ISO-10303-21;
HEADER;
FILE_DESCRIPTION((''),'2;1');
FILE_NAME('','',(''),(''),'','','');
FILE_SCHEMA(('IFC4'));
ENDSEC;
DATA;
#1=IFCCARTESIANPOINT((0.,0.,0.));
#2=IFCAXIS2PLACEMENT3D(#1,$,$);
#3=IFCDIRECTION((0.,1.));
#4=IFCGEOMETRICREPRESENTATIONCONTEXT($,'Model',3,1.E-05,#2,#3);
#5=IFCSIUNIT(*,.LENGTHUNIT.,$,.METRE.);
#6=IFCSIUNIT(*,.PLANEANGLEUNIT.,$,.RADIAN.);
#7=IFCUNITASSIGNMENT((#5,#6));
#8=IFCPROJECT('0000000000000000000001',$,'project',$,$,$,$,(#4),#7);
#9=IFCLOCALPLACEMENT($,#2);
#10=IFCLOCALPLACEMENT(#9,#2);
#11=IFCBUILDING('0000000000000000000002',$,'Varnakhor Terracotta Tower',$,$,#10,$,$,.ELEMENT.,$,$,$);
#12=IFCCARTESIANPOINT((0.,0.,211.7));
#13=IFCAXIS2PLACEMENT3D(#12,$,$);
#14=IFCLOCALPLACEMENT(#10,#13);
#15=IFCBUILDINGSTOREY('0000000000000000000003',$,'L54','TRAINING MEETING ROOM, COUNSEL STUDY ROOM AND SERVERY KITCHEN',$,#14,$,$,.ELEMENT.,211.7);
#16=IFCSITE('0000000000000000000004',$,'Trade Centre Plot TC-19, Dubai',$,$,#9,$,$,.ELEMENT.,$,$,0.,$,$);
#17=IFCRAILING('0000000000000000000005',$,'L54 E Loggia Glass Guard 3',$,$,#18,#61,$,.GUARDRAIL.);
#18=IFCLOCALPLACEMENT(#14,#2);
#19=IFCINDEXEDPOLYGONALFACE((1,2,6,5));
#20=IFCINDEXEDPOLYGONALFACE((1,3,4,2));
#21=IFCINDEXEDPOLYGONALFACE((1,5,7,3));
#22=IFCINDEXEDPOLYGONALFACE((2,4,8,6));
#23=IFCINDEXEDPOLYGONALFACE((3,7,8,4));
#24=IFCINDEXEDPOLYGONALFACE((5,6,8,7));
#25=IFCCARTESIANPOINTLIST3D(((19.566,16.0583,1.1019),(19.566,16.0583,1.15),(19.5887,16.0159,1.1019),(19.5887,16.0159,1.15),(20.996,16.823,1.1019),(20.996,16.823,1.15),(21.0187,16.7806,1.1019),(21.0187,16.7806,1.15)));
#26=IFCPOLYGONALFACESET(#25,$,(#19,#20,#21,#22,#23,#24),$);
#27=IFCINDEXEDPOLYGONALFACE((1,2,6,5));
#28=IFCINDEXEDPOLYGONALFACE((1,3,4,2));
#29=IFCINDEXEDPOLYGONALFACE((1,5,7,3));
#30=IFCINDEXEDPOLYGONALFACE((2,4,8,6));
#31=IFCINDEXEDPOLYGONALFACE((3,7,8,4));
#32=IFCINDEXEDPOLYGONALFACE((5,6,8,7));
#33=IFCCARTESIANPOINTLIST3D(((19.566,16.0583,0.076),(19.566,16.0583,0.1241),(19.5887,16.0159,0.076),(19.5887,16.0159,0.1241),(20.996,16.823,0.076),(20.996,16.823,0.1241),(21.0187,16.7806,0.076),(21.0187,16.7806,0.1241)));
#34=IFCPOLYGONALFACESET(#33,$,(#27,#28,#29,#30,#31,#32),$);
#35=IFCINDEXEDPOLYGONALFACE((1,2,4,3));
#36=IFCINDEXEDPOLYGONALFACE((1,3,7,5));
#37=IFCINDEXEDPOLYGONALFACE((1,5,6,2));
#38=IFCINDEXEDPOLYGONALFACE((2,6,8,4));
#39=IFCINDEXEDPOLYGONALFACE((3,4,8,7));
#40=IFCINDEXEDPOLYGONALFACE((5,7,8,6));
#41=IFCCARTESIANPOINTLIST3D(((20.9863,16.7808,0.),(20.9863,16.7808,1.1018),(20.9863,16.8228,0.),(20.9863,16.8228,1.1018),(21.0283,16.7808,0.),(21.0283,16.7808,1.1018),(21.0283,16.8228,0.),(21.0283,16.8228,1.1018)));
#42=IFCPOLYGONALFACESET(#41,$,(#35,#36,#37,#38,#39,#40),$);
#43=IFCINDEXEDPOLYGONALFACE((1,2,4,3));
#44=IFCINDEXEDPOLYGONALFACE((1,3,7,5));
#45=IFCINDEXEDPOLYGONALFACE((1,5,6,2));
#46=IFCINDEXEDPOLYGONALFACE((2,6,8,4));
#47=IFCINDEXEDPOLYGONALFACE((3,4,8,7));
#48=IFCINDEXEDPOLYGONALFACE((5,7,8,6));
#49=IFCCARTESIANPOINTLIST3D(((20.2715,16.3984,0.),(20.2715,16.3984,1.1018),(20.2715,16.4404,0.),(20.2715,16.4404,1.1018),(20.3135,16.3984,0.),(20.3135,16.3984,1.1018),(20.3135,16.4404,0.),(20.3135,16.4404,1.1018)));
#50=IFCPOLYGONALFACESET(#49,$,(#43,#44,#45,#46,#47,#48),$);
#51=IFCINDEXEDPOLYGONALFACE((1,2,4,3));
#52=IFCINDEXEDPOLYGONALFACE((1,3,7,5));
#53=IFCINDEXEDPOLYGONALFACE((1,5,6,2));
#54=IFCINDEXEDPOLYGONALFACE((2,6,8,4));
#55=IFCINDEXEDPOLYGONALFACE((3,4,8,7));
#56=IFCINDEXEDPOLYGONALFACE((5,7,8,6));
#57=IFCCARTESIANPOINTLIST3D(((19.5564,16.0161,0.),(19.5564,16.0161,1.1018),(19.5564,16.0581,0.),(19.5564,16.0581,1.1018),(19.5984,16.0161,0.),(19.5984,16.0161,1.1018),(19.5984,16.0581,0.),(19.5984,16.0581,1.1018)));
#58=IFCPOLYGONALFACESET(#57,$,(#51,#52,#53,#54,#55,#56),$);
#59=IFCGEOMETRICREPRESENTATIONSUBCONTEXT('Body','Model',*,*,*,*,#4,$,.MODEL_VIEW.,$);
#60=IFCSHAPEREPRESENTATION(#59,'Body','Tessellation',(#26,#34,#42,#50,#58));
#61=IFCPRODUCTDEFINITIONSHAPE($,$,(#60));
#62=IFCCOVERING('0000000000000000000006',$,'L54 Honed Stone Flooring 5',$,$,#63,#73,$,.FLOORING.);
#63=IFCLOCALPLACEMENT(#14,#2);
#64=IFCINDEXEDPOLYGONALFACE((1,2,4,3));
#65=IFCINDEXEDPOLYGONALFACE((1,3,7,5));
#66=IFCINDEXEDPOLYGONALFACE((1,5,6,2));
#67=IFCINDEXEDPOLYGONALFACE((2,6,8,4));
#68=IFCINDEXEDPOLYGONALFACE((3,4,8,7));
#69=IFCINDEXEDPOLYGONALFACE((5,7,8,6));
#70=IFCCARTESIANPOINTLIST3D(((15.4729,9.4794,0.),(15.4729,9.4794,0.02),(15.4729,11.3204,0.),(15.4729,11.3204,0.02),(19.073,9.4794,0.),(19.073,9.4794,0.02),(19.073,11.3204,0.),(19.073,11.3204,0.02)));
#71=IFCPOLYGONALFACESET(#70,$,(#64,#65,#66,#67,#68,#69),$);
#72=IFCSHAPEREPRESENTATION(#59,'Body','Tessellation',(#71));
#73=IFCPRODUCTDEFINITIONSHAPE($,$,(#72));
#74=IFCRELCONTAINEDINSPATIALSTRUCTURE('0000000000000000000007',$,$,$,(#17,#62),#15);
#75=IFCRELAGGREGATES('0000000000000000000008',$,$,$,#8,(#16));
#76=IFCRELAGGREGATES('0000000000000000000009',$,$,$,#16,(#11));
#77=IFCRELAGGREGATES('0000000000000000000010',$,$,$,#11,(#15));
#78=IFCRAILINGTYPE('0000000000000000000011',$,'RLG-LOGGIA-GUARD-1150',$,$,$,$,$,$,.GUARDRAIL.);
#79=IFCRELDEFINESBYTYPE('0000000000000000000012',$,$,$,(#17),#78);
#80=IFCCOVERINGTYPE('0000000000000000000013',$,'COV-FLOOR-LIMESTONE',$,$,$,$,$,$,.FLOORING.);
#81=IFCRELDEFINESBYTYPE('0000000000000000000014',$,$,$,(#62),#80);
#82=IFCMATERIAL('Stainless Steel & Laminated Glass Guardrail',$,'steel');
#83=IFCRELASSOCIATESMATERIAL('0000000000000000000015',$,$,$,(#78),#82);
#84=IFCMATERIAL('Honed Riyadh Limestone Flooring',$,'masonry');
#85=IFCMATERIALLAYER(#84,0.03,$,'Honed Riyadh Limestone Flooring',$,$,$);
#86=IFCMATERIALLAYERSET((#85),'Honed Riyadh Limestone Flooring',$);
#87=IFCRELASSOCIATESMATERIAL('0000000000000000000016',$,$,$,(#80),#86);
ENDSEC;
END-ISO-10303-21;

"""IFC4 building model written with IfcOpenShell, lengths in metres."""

from ifc_helpers import new_model, si_unit, direction, frame, origin, origin_2d, place, context, subcontext, project, spatial, rectangle, extrude, source, transform, mapped, material, layer, layer_set, type_object, element, save


model = new_model("IFC4")

# Units and contexts
model_context = context("Model", 3, precision=1e-05, world=origin(), true_north=direction((0.0, 1.0)))
body_context = subcontext(model_context, "Body", "Model", "MODEL_VIEW")
ifc_project = project(units=[si_unit("LENGTHUNIT", "METRE"), si_unit("PLANEANGLEUNIT", "RADIAN")], contexts=[model_context])

# Site, building, storey
site_placement = place(None, origin())
site = spatial("IfcSite", under=ifc_project, at=site_placement, Name="Trade Centre Plot TC-19, Dubai", CompositionType="ELEMENT", RefElevation=0.0)
building_placement = place(site_placement, origin())
building = spatial("IfcBuilding", under=site, at=building_placement, Name="Varnakhor Terracotta Tower", CompositionType="ELEMENT")
storey_placement = place(building_placement, frame((0.0, 0.0, 211.7)))
storey = spatial("IfcBuildingStorey", under=building, at=storey_placement, Name="L54", Description="TRAINING MEETING ROOM, COUNSEL STUDY ROOM AND SERVERY KITCHEN", CompositionType="ELEMENT", Elevation=211.7)

# Railing
ifc_material_1 = material(Name="Stainless Steel & Laminated Glass Guardrail", Category="steel")
railing_type = type_object("IfcRailingType", Name="RLG-LOGGIA-GUARD-1150", PredefinedType="GUARDRAIL", material=ifc_material_1)
railing_placement = place(storey_placement, frame((21.0073, 16.8018, 0.0)))
element("IfcRailing", 1, at=railing_placement, inside=storey, type_object=railing_type, Name="L54 E Loggia Glass Guard 3", PredefinedType="GUARDRAIL", context=body_context, shape_type="SweptSolid", body=[
    extrude(rectangle(XDim=0.0481, YDim=0.0481, at=origin_2d()), frame((0.0, 0.0, 1.126), z_axis=(-0.881836, -0.471557, 0.0), x_axis=(0.471557, -0.881836, 0.0)), (0.0, 0.0, 1.0), 1.6216),
    extrude(rectangle(XDim=0.0481, YDim=0.0481, at=origin_2d()), frame((0.0, 0.0, 0.1001), z_axis=(-0.881836, -0.471557, 0.0), x_axis=(0.471557, -0.881836, 0.0)), (0.0, 0.0, 1.0), 1.6216),
    extrude(rectangle(XDim=0.042, YDim=0.042, at=origin_2d()), origin(), (0.0, 0.0, 1.0), 1.1018),
    extrude(rectangle(XDim=0.042, YDim=0.042, at=origin_2d()), frame((-0.7148, -0.3823, 0.0)), (0.0, 0.0, 1.0), 1.1018),
    extrude(rectangle(XDim=0.042, YDim=0.042, at=origin_2d()), frame((-1.4299, -0.7646, 0.0)), (0.0, 0.0, 1.0), 1.1018),
])

# Covering
ifc_material_2 = material(Name="Honed Riyadh Limestone Flooring", Category="masonry")
ifc_layer_1 = layer(ifc_material_2, 0.03, Name="Honed Riyadh Limestone Flooring")
ifc_layer_set_1 = layer_set([ifc_layer_1], Name="Honed Riyadh Limestone Flooring")
covering_type = type_object("IfcCoveringType", Name="COV-FLOOR-LIMESTONE", PredefinedType="FLOORING", material=ifc_layer_set_1)
shared_shape_1 = source(origin(), body_context, "Body", "SweptSolid", [
    extrude(rectangle(XDim=3.6001, YDim=1.8411, at=origin_2d()), origin(), (0.0, 0.0, 1.0), 0.02),
])
covering_placement = place(storey_placement, frame((17.2729, 10.3999, 0.0), z_axis=(0.0, 0.0, 1.0), x_axis=(1.0, 0.0, 0.0)))
element("IfcCovering", 2, at=covering_placement, inside=storey, type_object=covering_type, Name="L54 Honed Stone Flooring 5", PredefinedType="FLOORING", context=body_context, shape_type="MappedRepresentation", body=[
    mapped(shared_shape_1, transform((0.0, 0.0, 0.0), scale=1.0)),
])

save(model, "model.ifc")
